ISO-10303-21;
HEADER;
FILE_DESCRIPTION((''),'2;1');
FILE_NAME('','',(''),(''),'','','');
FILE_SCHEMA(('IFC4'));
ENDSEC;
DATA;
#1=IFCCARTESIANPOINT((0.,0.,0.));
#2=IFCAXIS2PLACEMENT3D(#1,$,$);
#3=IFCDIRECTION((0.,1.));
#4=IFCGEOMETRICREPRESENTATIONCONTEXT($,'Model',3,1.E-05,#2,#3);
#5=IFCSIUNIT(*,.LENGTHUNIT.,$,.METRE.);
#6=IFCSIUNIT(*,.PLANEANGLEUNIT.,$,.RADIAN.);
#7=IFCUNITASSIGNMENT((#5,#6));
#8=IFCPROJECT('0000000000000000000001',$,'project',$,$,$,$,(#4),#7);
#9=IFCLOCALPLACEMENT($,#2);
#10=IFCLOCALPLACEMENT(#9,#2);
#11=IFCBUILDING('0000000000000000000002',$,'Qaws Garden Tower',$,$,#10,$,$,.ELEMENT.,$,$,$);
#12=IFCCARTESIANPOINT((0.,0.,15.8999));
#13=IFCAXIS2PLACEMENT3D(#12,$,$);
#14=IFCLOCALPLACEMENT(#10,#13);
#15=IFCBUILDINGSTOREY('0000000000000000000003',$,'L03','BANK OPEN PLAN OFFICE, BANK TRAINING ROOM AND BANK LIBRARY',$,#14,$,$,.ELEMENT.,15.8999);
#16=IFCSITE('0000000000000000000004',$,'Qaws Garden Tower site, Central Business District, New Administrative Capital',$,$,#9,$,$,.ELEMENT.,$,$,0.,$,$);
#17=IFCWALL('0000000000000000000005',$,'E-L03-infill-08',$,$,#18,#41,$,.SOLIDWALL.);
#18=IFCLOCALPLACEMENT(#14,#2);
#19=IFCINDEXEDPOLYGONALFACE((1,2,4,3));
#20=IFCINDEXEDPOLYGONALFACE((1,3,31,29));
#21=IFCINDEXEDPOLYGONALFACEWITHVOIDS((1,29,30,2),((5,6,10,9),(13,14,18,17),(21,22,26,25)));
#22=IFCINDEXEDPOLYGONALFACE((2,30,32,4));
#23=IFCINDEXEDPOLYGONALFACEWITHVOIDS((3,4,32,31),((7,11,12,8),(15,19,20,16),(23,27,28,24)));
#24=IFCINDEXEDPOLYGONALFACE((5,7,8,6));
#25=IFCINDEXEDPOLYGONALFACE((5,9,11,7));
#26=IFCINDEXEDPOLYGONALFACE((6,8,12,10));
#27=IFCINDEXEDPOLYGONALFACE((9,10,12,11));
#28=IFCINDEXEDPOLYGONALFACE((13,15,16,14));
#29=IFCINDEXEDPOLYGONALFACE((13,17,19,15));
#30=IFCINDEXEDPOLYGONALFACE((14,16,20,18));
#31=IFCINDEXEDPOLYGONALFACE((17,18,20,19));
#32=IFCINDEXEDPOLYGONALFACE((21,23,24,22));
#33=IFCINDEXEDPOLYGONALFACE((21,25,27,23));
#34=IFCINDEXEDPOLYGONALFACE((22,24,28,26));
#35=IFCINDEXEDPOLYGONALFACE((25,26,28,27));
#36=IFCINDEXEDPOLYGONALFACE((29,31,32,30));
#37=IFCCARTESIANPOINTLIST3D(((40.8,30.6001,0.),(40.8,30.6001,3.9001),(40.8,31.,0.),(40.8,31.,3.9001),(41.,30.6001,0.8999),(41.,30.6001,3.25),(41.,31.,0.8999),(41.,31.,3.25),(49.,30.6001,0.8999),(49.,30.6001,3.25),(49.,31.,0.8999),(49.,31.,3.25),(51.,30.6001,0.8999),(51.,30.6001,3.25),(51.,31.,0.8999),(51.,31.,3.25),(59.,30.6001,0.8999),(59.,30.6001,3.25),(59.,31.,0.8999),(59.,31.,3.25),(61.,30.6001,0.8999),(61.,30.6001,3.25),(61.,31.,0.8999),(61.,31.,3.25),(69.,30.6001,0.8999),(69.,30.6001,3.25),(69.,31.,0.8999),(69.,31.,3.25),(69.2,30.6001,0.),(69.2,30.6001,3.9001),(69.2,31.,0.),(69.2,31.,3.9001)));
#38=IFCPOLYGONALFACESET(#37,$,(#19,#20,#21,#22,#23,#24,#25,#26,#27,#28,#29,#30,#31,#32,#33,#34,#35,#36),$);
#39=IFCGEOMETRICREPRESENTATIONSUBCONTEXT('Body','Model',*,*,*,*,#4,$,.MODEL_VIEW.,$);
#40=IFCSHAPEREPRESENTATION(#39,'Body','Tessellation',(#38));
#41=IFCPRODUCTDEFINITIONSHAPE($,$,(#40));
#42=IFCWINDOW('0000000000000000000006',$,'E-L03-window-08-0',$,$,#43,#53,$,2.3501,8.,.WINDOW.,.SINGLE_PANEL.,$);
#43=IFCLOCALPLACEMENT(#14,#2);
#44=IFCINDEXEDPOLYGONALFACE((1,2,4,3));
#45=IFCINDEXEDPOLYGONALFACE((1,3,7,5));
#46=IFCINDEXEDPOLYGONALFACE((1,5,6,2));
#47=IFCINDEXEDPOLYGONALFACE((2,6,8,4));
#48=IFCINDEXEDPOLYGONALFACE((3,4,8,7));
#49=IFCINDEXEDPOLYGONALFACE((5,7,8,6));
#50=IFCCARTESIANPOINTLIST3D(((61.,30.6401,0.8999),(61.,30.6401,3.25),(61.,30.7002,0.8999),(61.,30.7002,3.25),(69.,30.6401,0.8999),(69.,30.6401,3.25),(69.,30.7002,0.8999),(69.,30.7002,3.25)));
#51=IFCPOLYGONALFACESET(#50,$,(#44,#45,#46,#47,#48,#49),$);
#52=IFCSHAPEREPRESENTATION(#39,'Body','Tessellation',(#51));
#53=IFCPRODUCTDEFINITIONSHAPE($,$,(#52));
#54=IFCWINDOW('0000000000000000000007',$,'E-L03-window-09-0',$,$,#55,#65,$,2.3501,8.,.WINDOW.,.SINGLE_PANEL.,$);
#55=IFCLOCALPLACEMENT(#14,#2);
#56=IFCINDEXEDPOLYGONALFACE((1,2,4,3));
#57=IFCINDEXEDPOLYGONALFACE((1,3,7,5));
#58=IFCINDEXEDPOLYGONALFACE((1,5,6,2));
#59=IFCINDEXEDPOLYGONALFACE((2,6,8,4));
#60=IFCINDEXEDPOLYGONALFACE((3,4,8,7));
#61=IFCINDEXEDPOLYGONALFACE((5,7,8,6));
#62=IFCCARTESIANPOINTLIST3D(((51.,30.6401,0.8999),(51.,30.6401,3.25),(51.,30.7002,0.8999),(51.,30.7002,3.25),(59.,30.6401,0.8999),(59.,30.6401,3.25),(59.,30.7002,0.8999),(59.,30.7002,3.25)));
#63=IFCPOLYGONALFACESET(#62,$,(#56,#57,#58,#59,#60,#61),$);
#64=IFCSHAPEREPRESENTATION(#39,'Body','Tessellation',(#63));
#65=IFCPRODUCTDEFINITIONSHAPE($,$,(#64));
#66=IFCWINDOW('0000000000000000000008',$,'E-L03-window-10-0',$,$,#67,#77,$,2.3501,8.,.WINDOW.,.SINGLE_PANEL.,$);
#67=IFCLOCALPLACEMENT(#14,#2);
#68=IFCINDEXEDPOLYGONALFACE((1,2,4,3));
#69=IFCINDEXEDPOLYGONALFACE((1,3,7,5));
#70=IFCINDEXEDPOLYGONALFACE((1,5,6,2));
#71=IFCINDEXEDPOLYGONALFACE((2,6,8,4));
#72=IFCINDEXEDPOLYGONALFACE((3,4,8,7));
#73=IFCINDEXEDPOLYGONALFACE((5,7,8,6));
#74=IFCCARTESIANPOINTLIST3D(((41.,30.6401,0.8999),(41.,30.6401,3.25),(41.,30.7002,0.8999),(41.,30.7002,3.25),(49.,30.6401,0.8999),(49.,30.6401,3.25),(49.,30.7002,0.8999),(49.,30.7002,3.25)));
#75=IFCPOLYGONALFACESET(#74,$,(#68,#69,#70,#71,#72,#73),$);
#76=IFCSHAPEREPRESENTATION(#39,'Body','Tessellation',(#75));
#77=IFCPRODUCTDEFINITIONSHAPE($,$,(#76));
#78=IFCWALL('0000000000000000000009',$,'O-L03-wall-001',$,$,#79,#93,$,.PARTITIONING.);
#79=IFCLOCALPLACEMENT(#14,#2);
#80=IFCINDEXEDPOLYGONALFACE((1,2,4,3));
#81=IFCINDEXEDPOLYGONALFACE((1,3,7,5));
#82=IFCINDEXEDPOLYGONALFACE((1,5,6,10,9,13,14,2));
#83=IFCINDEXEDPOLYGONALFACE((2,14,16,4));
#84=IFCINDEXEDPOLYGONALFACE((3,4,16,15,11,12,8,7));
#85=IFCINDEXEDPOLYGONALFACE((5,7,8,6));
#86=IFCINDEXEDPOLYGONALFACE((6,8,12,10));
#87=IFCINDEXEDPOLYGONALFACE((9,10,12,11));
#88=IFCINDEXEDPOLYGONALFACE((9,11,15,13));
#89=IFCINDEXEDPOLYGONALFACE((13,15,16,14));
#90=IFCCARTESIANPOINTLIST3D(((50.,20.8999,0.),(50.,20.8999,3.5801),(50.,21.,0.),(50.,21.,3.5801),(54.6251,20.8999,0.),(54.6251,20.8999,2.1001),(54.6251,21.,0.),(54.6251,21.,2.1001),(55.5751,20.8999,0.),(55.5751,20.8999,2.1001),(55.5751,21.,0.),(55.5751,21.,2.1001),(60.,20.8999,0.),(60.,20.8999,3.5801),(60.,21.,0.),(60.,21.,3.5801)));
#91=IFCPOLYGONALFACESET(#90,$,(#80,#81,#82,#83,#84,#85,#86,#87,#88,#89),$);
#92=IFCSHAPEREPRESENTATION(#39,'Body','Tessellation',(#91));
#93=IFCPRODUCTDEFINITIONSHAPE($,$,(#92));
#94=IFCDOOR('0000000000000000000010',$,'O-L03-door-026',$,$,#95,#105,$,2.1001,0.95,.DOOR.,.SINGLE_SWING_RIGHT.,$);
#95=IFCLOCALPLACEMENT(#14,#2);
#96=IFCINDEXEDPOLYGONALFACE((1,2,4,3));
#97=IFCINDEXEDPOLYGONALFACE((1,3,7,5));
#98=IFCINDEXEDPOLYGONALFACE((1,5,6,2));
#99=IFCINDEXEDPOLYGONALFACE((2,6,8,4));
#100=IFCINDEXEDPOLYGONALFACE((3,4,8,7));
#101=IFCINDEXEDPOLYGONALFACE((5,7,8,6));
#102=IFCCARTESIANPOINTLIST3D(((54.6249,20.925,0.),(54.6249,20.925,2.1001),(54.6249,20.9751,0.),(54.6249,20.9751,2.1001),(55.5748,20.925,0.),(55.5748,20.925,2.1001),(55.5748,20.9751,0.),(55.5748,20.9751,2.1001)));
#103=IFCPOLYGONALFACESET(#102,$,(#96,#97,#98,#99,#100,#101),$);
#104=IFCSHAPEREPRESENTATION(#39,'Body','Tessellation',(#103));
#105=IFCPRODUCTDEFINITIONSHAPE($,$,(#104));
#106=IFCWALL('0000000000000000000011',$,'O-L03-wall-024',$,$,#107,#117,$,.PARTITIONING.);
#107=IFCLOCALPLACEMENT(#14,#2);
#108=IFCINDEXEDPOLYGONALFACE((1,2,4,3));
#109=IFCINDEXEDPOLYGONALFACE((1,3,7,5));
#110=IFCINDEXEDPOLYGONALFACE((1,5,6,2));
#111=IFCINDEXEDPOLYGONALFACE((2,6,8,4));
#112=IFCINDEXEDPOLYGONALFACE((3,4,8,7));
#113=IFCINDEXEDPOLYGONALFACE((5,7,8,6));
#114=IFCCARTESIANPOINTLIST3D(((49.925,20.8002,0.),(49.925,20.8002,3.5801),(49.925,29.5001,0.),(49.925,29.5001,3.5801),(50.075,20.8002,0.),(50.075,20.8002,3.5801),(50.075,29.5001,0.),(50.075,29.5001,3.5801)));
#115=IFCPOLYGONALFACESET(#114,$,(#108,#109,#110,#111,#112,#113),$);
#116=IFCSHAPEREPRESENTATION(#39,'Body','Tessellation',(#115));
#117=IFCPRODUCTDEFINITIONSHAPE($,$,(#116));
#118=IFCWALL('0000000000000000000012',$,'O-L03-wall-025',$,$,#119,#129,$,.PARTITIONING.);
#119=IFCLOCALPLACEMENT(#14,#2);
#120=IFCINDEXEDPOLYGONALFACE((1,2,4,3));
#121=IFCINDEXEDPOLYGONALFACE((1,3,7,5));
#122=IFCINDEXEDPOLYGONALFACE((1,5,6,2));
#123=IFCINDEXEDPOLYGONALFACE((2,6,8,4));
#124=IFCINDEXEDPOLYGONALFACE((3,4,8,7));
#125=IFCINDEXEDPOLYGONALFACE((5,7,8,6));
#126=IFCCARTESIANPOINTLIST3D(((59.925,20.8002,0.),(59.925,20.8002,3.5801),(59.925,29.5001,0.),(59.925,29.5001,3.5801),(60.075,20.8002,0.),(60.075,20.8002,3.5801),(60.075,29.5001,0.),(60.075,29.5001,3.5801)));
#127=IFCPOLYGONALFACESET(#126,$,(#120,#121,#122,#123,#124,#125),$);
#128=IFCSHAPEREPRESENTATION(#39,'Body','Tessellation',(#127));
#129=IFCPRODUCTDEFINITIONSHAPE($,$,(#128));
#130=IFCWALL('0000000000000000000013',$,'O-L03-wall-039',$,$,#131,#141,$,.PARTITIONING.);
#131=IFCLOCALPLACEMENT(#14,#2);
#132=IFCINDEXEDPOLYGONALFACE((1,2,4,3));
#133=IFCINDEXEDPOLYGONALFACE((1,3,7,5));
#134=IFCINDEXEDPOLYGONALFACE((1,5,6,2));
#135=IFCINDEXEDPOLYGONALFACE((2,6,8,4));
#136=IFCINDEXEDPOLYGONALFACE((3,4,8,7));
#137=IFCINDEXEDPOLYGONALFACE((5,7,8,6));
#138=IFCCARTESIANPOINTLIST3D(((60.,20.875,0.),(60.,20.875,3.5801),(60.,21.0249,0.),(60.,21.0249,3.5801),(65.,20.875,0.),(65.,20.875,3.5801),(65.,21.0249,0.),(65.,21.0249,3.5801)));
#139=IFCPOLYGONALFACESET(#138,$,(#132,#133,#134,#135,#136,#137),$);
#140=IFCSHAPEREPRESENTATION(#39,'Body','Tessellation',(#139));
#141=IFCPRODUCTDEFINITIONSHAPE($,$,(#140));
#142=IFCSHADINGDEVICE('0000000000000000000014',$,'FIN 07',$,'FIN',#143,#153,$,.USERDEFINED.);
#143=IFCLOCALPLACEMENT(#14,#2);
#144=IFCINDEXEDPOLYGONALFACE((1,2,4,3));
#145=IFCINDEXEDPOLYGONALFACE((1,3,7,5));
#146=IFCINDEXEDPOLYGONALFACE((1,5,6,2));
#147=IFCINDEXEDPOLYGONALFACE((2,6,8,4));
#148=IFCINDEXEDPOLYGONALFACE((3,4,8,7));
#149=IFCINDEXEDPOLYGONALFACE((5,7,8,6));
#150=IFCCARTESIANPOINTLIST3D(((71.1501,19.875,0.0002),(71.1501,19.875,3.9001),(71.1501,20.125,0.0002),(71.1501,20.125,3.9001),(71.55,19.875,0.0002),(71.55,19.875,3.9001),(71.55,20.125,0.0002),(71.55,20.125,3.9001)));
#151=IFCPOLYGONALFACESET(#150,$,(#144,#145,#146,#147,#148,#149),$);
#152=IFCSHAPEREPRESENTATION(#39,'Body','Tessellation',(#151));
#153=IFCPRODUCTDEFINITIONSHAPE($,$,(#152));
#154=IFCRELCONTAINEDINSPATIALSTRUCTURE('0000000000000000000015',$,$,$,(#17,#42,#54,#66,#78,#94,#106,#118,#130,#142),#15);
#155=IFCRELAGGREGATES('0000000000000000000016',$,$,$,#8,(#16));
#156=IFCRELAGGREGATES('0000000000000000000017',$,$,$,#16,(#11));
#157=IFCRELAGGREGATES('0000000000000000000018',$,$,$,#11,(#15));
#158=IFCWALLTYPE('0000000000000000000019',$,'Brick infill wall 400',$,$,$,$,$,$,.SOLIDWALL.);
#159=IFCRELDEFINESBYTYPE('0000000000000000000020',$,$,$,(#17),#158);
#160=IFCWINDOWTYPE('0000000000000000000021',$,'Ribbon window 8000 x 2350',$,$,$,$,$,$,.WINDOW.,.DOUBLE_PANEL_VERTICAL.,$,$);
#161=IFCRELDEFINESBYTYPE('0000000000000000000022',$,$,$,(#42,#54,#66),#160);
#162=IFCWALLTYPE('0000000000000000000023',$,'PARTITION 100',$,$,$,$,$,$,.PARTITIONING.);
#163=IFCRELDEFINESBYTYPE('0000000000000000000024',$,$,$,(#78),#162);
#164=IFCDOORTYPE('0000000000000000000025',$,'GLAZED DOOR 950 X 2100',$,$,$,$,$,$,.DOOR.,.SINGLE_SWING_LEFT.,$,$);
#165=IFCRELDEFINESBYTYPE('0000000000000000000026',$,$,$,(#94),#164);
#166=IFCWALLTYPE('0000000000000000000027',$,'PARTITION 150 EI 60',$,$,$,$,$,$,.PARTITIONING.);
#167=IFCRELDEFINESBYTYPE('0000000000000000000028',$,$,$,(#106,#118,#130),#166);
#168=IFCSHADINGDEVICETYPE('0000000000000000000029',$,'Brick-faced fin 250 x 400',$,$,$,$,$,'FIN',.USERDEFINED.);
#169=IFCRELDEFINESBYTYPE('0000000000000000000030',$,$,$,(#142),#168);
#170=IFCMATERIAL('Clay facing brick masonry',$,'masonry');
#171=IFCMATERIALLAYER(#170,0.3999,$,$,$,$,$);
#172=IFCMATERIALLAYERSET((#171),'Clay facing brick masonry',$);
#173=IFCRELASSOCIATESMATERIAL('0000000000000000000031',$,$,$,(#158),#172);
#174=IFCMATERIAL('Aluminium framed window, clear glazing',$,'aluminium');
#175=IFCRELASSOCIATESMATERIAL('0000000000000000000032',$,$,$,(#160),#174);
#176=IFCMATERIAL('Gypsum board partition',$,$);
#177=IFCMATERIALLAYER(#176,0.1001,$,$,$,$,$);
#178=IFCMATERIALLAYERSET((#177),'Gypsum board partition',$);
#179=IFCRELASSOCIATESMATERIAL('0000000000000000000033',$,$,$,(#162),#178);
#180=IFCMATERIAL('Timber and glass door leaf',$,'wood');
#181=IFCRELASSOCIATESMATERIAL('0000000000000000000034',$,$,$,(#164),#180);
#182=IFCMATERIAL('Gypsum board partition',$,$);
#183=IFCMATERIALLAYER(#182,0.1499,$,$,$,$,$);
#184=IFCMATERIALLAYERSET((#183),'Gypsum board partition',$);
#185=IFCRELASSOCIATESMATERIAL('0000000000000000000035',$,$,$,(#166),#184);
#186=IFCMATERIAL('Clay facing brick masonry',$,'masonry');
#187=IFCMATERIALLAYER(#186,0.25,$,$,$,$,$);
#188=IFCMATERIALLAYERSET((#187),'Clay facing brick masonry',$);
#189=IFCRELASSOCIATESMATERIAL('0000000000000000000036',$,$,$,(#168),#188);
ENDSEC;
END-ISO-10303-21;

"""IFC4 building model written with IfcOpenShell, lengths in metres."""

from ifc_helpers import new_model, si_unit, direction, frame, frame_2d, origin, origin_2d, place, context, subcontext, project, spatial, rectangle, extrude, material, layer, layer_set, type_object, element, fill, save


model = new_model("IFC4")

# Units and contexts
model_context = context("Model", 3, precision=1e-05, world=origin(), true_north=direction((0.0, 1.0)))
body_context = subcontext(model_context, "Body", "Model", "MODEL_VIEW")
ifc_project = project(units=[si_unit("LENGTHUNIT", "METRE"), si_unit("PLANEANGLEUNIT", "RADIAN")], contexts=[model_context])

# Site, building, storey
site_placement = place(None, origin())
site = spatial("IfcSite", under=ifc_project, at=site_placement, Name="Qaws Garden Tower site, Central Business District, New Administrative Capital", CompositionType="ELEMENT", RefElevation=0.0)
building_placement = place(site_placement, origin())
building = spatial("IfcBuilding", under=site, at=building_placement, Name="Qaws Garden Tower", CompositionType="ELEMENT")
storey_placement = place(building_placement, frame((0.0, 0.0, 15.8999)))
storey = spatial("IfcBuildingStorey", under=building, at=storey_placement, Name="L03", Description="BANK OPEN PLAN OFFICE, BANK TRAINING ROOM AND BANK LIBRARY", CompositionType="ELEMENT", Elevation=15.8999)

# Wall, openings, windows
ifc_material_1 = material(Name="Clay facing brick masonry", Category="masonry")
ifc_layer_1 = layer(ifc_material_1, 0.3999)
ifc_layer_set_1 = layer_set([ifc_layer_1], Name="Clay facing brick masonry")
wall_type_1 = type_object("IfcWallType", Name="Brick infill wall 400", PredefinedType="SOLIDWALL", material=ifc_layer_set_1)
wall_1_placement = place(storey_placement, frame((69.2, 30.8, 0.0), z_axis=(0.0, 0.0, 1.0), x_axis=(-1.0, 0.0, 0.0)))
wall_1 = element("IfcWall", 1, at=wall_1_placement, inside=storey, type_object=wall_type_1, Name="E-L03-infill-08", PredefinedType="SOLIDWALL", context=body_context, shape_type="SweptSolid", body=[
    extrude(rectangle(XDim=28.3999, YDim=0.3999, at=frame_2d((14.2, 0.0))), origin(), (0.0, 0.0, 1.0), 3.9001),
])
opening_1_placement = place(wall_1_placement, frame((0.2, 0.0, 0.8999)))
opening_1 = element("IfcOpeningElement", 2, at=opening_1_placement, cuts=wall_1, PredefinedType="OPENING", context=body_context, shape_type="SweptSolid", body=[
    extrude(rectangle(XDim=8.0, YDim=2.3501, at=frame_2d((4.0, 1.175))), frame((0.0, 0.21, 0.0), z_axis=(0.0, -1.0, 0.0), x_axis=(1.0, 0.0, 0.0)), (0.0, 0.0, 1.0), 0.4199),
])
opening_2_placement = place(wall_1_placement, frame((10.2, 0.0, 0.8999)))
opening_2 = element("IfcOpeningElement", 3, at=opening_2_placement, cuts=wall_1, PredefinedType="OPENING", context=body_context, shape_type="SweptSolid", body=[
    extrude(rectangle(XDim=8.0, YDim=2.3501, at=frame_2d((4.0, 1.175))), frame((0.0, 0.21, 0.0), z_axis=(0.0, -1.0, 0.0), x_axis=(1.0, 0.0, 0.0)), (0.0, 0.0, 1.0), 0.4199),
])
opening_3_placement = place(wall_1_placement, frame((20.2, 0.0, 0.8999)))
opening_3 = element("IfcOpeningElement", 4, at=opening_3_placement, cuts=wall_1, PredefinedType="OPENING", context=body_context, shape_type="SweptSolid", body=[
    extrude(rectangle(XDim=8.0, YDim=2.3501, at=frame_2d((4.0, 1.175))), frame((0.0, 0.21, 0.0), z_axis=(0.0, -1.0, 0.0), x_axis=(1.0, 0.0, 0.0)), (0.0, 0.0, 1.0), 0.4199),
])
ifc_material_2 = material(Name="Aluminium framed window, clear glazing", Category="aluminium")
window_type = type_object("IfcWindowType", Name="Ribbon window 8000 x 2350", PartitioningType="DOUBLE_PANEL_VERTICAL", PredefinedType="WINDOW", material=ifc_material_2)
window_1_placement = place(opening_1_placement, origin())
window_1 = element("IfcWindow", 5, at=window_1_placement, inside=storey, type_object=window_type, Name="E-L03-window-08-0", OverallHeight=2.3501, OverallWidth=8.0, PartitioningType="SINGLE_PANEL", PredefinedType="WINDOW", context=body_context, shape_type="SweptSolid", body=[
    extrude(rectangle(XDim=8.0, YDim=2.3501, at=frame_2d((4.0, 1.175))), frame((0.0, 0.1599, 0.0), z_axis=(0.0, -1.0, 0.0), x_axis=(1.0, 0.0, 0.0)), (0.0, 0.0, 1.0), 0.0601),
])
fill(opening_1, window_1)
window_2_placement = place(opening_2_placement, origin())
window_2 = element("IfcWindow", 6, at=window_2_placement, inside=storey, type_object=window_type, Name="E-L03-window-09-0", OverallHeight=2.3501, OverallWidth=8.0, PartitioningType="SINGLE_PANEL", PredefinedType="WINDOW", context=body_context, shape_type="SweptSolid", body=[
    extrude(rectangle(XDim=8.0, YDim=2.3501, at=frame_2d((4.0, 1.175))), frame((0.0, 0.1599, 0.0), z_axis=(0.0, -1.0, 0.0), x_axis=(1.0, 0.0, 0.0)), (0.0, 0.0, 1.0), 0.0601),
])
fill(opening_2, window_2)
window_3_placement = place(opening_3_placement, origin())
window_3 = element("IfcWindow", 7, at=window_3_placement, inside=storey, type_object=window_type, Name="E-L03-window-10-0", OverallHeight=2.3501, OverallWidth=8.0, PartitioningType="SINGLE_PANEL", PredefinedType="WINDOW", context=body_context, shape_type="SweptSolid", body=[
    extrude(rectangle(XDim=8.0, YDim=2.3501, at=frame_2d((4.0, 1.175))), frame((0.0, 0.1599, 0.0), z_axis=(0.0, -1.0, 0.0), x_axis=(1.0, 0.0, 0.0)), (0.0, 0.0, 1.0), 0.0601),
])
fill(opening_3, window_3)

# Wall, opening, door
ifc_material_3 = material(Name="Gypsum board partition")
ifc_layer_2 = layer(ifc_material_3, 0.1001)
ifc_layer_set_2 = layer_set([ifc_layer_2], Name="Gypsum board partition")
wall_type_2 = type_object("IfcWallType", Name="PARTITION 100", PredefinedType="PARTITIONING", material=ifc_layer_set_2)
wall_2_placement = place(storey_placement, frame((50.0, 20.95, 0.0), z_axis=(0.0, 0.0, 1.0), x_axis=(1.0, 0.0, 0.0)))
wall_2 = element("IfcWall", 8, at=wall_2_placement, inside=storey, type_object=wall_type_2, Name="O-L03-wall-001", PredefinedType="PARTITIONING", context=body_context, shape_type="SweptSolid", body=[
    extrude(rectangle(XDim=10.0, YDim=0.1001, at=frame_2d((5.0, 0.0))), origin(), (0.0, 0.0, 1.0), 3.5801),
])
opening_4_placement = place(wall_2_placement, frame((4.625, 0.0, 0.0)))
opening_4 = element("IfcOpeningElement", 9, at=opening_4_placement, cuts=wall_2, PredefinedType="OPENING", context=body_context, shape_type="SweptSolid", body=[
    extrude(rectangle(XDim=0.95, YDim=2.1001, at=frame_2d((0.4751, 1.05))), frame((0.0, 0.0601, 0.0), z_axis=(0.0, -1.0, 0.0), x_axis=(1.0, 0.0, 0.0)), (0.0, 0.0, 1.0), 0.1201),
])
ifc_material_4 = material(Name="Timber and glass door leaf", Category="wood")
door_type = type_object("IfcDoorType", Name="GLAZED DOOR 950 X 2100", OperationType="SINGLE_SWING_LEFT", PredefinedType="DOOR", material=ifc_material_4)
door_placement = place(opening_4_placement, frame((0.95, 0.0, 0.0), z_axis=(0.0, 0.0, 1.0), x_axis=(-1.0, 0.0, 0.0)))
door = element("IfcDoor", 10, at=door_placement, inside=storey, type_object=door_type, Name="O-L03-door-026", OperationType="SINGLE_SWING_RIGHT", OverallHeight=2.1001, OverallWidth=0.95, PredefinedType="DOOR", context=body_context, shape_type="SweptSolid", body=[
    extrude(rectangle(XDim=0.95, YDim=2.1001, at=frame_2d((0.4751, 1.05))), frame((0.0, 0.0249, 0.0), z_axis=(0.0, -1.0, 0.0), x_axis=(1.0, 0.0, 0.0)), (0.0, 0.0, 1.0), 0.05),
])
fill(opening_4, door)

# Walls
ifc_material_5 = material(Name="Gypsum board partition")
ifc_layer_3 = layer(ifc_material_5, 0.1499)
ifc_layer_set_3 = layer_set([ifc_layer_3], Name="Gypsum board partition")
wall_type_3 = type_object("IfcWallType", Name="PARTITION 150 EI 60", PredefinedType="PARTITIONING", material=ifc_layer_set_3)
for number, where, z_axis, x_axis, name in (
    (11, (50.0, 20.8, 0.0), (0.0, 0.0, 1.0), (0.0, 1.0, 0.0), "O-L03-wall-024"),
    (12, (60.0, 20.8, 0.0), (0.0, 0.0, 1.0), (0.0, 1.0, 0.0), "O-L03-wall-025"),
):
    element("IfcWall", number, at=place(storey_placement, frame(where, z_axis=z_axis, x_axis=x_axis)), inside=storey, type_object=wall_type_3, Name=name, PredefinedType="PARTITIONING", context=body_context, shape_type="SweptSolid", body=[
        extrude(rectangle(XDim=8.7, YDim=0.1499, at=frame_2d((4.3501, 0.0))), origin(), (0.0, 0.0, 1.0), 3.5801),
    ])
wall_3_placement = place(storey_placement, frame((60.0, 20.95, 0.0), z_axis=(0.0, 0.0, 1.0), x_axis=(1.0, 0.0, 0.0)))
element("IfcWall", 13, at=wall_3_placement, inside=storey, type_object=wall_type_3, Name="O-L03-wall-039", PredefinedType="PARTITIONING", context=body_context, shape_type="SweptSolid", body=[
    extrude(rectangle(XDim=5.0, YDim=0.1499, at=frame_2d((2.5, 0.0))), origin(), (0.0, 0.0, 1.0), 3.5801),
])

# Shading device
ifc_material_6 = material(Name="Clay facing brick masonry", Category="masonry")
ifc_layer_4 = layer(ifc_material_6, 0.25)
ifc_layer_set_4 = layer_set([ifc_layer_4], Name="Clay facing brick masonry")
shading_device_type = type_object("IfcShadingDeviceType", Name="Brick-faced fin 250 x 400", ElementType="FIN", PredefinedType="USERDEFINED", material=ifc_layer_set_4)
shading_device_placement = place(storey_placement, frame((71.3501, 20.0, 0.0002), z_axis=(0.0, 0.0, 1.0), x_axis=(0.0, 1.0, 0.0)))
element("IfcShadingDevice", 14, at=shading_device_placement, inside=storey, type_object=shading_device_type, Name="FIN 07", ObjectType="FIN", PredefinedType="USERDEFINED", context=body_context, shape_type="SweptSolid", body=[
    extrude(rectangle(XDim=0.25, YDim=0.3999, at=origin_2d()), origin(), (0.0, 0.0, 1.0), 3.8999),
])

save(model, "model.ifc")
